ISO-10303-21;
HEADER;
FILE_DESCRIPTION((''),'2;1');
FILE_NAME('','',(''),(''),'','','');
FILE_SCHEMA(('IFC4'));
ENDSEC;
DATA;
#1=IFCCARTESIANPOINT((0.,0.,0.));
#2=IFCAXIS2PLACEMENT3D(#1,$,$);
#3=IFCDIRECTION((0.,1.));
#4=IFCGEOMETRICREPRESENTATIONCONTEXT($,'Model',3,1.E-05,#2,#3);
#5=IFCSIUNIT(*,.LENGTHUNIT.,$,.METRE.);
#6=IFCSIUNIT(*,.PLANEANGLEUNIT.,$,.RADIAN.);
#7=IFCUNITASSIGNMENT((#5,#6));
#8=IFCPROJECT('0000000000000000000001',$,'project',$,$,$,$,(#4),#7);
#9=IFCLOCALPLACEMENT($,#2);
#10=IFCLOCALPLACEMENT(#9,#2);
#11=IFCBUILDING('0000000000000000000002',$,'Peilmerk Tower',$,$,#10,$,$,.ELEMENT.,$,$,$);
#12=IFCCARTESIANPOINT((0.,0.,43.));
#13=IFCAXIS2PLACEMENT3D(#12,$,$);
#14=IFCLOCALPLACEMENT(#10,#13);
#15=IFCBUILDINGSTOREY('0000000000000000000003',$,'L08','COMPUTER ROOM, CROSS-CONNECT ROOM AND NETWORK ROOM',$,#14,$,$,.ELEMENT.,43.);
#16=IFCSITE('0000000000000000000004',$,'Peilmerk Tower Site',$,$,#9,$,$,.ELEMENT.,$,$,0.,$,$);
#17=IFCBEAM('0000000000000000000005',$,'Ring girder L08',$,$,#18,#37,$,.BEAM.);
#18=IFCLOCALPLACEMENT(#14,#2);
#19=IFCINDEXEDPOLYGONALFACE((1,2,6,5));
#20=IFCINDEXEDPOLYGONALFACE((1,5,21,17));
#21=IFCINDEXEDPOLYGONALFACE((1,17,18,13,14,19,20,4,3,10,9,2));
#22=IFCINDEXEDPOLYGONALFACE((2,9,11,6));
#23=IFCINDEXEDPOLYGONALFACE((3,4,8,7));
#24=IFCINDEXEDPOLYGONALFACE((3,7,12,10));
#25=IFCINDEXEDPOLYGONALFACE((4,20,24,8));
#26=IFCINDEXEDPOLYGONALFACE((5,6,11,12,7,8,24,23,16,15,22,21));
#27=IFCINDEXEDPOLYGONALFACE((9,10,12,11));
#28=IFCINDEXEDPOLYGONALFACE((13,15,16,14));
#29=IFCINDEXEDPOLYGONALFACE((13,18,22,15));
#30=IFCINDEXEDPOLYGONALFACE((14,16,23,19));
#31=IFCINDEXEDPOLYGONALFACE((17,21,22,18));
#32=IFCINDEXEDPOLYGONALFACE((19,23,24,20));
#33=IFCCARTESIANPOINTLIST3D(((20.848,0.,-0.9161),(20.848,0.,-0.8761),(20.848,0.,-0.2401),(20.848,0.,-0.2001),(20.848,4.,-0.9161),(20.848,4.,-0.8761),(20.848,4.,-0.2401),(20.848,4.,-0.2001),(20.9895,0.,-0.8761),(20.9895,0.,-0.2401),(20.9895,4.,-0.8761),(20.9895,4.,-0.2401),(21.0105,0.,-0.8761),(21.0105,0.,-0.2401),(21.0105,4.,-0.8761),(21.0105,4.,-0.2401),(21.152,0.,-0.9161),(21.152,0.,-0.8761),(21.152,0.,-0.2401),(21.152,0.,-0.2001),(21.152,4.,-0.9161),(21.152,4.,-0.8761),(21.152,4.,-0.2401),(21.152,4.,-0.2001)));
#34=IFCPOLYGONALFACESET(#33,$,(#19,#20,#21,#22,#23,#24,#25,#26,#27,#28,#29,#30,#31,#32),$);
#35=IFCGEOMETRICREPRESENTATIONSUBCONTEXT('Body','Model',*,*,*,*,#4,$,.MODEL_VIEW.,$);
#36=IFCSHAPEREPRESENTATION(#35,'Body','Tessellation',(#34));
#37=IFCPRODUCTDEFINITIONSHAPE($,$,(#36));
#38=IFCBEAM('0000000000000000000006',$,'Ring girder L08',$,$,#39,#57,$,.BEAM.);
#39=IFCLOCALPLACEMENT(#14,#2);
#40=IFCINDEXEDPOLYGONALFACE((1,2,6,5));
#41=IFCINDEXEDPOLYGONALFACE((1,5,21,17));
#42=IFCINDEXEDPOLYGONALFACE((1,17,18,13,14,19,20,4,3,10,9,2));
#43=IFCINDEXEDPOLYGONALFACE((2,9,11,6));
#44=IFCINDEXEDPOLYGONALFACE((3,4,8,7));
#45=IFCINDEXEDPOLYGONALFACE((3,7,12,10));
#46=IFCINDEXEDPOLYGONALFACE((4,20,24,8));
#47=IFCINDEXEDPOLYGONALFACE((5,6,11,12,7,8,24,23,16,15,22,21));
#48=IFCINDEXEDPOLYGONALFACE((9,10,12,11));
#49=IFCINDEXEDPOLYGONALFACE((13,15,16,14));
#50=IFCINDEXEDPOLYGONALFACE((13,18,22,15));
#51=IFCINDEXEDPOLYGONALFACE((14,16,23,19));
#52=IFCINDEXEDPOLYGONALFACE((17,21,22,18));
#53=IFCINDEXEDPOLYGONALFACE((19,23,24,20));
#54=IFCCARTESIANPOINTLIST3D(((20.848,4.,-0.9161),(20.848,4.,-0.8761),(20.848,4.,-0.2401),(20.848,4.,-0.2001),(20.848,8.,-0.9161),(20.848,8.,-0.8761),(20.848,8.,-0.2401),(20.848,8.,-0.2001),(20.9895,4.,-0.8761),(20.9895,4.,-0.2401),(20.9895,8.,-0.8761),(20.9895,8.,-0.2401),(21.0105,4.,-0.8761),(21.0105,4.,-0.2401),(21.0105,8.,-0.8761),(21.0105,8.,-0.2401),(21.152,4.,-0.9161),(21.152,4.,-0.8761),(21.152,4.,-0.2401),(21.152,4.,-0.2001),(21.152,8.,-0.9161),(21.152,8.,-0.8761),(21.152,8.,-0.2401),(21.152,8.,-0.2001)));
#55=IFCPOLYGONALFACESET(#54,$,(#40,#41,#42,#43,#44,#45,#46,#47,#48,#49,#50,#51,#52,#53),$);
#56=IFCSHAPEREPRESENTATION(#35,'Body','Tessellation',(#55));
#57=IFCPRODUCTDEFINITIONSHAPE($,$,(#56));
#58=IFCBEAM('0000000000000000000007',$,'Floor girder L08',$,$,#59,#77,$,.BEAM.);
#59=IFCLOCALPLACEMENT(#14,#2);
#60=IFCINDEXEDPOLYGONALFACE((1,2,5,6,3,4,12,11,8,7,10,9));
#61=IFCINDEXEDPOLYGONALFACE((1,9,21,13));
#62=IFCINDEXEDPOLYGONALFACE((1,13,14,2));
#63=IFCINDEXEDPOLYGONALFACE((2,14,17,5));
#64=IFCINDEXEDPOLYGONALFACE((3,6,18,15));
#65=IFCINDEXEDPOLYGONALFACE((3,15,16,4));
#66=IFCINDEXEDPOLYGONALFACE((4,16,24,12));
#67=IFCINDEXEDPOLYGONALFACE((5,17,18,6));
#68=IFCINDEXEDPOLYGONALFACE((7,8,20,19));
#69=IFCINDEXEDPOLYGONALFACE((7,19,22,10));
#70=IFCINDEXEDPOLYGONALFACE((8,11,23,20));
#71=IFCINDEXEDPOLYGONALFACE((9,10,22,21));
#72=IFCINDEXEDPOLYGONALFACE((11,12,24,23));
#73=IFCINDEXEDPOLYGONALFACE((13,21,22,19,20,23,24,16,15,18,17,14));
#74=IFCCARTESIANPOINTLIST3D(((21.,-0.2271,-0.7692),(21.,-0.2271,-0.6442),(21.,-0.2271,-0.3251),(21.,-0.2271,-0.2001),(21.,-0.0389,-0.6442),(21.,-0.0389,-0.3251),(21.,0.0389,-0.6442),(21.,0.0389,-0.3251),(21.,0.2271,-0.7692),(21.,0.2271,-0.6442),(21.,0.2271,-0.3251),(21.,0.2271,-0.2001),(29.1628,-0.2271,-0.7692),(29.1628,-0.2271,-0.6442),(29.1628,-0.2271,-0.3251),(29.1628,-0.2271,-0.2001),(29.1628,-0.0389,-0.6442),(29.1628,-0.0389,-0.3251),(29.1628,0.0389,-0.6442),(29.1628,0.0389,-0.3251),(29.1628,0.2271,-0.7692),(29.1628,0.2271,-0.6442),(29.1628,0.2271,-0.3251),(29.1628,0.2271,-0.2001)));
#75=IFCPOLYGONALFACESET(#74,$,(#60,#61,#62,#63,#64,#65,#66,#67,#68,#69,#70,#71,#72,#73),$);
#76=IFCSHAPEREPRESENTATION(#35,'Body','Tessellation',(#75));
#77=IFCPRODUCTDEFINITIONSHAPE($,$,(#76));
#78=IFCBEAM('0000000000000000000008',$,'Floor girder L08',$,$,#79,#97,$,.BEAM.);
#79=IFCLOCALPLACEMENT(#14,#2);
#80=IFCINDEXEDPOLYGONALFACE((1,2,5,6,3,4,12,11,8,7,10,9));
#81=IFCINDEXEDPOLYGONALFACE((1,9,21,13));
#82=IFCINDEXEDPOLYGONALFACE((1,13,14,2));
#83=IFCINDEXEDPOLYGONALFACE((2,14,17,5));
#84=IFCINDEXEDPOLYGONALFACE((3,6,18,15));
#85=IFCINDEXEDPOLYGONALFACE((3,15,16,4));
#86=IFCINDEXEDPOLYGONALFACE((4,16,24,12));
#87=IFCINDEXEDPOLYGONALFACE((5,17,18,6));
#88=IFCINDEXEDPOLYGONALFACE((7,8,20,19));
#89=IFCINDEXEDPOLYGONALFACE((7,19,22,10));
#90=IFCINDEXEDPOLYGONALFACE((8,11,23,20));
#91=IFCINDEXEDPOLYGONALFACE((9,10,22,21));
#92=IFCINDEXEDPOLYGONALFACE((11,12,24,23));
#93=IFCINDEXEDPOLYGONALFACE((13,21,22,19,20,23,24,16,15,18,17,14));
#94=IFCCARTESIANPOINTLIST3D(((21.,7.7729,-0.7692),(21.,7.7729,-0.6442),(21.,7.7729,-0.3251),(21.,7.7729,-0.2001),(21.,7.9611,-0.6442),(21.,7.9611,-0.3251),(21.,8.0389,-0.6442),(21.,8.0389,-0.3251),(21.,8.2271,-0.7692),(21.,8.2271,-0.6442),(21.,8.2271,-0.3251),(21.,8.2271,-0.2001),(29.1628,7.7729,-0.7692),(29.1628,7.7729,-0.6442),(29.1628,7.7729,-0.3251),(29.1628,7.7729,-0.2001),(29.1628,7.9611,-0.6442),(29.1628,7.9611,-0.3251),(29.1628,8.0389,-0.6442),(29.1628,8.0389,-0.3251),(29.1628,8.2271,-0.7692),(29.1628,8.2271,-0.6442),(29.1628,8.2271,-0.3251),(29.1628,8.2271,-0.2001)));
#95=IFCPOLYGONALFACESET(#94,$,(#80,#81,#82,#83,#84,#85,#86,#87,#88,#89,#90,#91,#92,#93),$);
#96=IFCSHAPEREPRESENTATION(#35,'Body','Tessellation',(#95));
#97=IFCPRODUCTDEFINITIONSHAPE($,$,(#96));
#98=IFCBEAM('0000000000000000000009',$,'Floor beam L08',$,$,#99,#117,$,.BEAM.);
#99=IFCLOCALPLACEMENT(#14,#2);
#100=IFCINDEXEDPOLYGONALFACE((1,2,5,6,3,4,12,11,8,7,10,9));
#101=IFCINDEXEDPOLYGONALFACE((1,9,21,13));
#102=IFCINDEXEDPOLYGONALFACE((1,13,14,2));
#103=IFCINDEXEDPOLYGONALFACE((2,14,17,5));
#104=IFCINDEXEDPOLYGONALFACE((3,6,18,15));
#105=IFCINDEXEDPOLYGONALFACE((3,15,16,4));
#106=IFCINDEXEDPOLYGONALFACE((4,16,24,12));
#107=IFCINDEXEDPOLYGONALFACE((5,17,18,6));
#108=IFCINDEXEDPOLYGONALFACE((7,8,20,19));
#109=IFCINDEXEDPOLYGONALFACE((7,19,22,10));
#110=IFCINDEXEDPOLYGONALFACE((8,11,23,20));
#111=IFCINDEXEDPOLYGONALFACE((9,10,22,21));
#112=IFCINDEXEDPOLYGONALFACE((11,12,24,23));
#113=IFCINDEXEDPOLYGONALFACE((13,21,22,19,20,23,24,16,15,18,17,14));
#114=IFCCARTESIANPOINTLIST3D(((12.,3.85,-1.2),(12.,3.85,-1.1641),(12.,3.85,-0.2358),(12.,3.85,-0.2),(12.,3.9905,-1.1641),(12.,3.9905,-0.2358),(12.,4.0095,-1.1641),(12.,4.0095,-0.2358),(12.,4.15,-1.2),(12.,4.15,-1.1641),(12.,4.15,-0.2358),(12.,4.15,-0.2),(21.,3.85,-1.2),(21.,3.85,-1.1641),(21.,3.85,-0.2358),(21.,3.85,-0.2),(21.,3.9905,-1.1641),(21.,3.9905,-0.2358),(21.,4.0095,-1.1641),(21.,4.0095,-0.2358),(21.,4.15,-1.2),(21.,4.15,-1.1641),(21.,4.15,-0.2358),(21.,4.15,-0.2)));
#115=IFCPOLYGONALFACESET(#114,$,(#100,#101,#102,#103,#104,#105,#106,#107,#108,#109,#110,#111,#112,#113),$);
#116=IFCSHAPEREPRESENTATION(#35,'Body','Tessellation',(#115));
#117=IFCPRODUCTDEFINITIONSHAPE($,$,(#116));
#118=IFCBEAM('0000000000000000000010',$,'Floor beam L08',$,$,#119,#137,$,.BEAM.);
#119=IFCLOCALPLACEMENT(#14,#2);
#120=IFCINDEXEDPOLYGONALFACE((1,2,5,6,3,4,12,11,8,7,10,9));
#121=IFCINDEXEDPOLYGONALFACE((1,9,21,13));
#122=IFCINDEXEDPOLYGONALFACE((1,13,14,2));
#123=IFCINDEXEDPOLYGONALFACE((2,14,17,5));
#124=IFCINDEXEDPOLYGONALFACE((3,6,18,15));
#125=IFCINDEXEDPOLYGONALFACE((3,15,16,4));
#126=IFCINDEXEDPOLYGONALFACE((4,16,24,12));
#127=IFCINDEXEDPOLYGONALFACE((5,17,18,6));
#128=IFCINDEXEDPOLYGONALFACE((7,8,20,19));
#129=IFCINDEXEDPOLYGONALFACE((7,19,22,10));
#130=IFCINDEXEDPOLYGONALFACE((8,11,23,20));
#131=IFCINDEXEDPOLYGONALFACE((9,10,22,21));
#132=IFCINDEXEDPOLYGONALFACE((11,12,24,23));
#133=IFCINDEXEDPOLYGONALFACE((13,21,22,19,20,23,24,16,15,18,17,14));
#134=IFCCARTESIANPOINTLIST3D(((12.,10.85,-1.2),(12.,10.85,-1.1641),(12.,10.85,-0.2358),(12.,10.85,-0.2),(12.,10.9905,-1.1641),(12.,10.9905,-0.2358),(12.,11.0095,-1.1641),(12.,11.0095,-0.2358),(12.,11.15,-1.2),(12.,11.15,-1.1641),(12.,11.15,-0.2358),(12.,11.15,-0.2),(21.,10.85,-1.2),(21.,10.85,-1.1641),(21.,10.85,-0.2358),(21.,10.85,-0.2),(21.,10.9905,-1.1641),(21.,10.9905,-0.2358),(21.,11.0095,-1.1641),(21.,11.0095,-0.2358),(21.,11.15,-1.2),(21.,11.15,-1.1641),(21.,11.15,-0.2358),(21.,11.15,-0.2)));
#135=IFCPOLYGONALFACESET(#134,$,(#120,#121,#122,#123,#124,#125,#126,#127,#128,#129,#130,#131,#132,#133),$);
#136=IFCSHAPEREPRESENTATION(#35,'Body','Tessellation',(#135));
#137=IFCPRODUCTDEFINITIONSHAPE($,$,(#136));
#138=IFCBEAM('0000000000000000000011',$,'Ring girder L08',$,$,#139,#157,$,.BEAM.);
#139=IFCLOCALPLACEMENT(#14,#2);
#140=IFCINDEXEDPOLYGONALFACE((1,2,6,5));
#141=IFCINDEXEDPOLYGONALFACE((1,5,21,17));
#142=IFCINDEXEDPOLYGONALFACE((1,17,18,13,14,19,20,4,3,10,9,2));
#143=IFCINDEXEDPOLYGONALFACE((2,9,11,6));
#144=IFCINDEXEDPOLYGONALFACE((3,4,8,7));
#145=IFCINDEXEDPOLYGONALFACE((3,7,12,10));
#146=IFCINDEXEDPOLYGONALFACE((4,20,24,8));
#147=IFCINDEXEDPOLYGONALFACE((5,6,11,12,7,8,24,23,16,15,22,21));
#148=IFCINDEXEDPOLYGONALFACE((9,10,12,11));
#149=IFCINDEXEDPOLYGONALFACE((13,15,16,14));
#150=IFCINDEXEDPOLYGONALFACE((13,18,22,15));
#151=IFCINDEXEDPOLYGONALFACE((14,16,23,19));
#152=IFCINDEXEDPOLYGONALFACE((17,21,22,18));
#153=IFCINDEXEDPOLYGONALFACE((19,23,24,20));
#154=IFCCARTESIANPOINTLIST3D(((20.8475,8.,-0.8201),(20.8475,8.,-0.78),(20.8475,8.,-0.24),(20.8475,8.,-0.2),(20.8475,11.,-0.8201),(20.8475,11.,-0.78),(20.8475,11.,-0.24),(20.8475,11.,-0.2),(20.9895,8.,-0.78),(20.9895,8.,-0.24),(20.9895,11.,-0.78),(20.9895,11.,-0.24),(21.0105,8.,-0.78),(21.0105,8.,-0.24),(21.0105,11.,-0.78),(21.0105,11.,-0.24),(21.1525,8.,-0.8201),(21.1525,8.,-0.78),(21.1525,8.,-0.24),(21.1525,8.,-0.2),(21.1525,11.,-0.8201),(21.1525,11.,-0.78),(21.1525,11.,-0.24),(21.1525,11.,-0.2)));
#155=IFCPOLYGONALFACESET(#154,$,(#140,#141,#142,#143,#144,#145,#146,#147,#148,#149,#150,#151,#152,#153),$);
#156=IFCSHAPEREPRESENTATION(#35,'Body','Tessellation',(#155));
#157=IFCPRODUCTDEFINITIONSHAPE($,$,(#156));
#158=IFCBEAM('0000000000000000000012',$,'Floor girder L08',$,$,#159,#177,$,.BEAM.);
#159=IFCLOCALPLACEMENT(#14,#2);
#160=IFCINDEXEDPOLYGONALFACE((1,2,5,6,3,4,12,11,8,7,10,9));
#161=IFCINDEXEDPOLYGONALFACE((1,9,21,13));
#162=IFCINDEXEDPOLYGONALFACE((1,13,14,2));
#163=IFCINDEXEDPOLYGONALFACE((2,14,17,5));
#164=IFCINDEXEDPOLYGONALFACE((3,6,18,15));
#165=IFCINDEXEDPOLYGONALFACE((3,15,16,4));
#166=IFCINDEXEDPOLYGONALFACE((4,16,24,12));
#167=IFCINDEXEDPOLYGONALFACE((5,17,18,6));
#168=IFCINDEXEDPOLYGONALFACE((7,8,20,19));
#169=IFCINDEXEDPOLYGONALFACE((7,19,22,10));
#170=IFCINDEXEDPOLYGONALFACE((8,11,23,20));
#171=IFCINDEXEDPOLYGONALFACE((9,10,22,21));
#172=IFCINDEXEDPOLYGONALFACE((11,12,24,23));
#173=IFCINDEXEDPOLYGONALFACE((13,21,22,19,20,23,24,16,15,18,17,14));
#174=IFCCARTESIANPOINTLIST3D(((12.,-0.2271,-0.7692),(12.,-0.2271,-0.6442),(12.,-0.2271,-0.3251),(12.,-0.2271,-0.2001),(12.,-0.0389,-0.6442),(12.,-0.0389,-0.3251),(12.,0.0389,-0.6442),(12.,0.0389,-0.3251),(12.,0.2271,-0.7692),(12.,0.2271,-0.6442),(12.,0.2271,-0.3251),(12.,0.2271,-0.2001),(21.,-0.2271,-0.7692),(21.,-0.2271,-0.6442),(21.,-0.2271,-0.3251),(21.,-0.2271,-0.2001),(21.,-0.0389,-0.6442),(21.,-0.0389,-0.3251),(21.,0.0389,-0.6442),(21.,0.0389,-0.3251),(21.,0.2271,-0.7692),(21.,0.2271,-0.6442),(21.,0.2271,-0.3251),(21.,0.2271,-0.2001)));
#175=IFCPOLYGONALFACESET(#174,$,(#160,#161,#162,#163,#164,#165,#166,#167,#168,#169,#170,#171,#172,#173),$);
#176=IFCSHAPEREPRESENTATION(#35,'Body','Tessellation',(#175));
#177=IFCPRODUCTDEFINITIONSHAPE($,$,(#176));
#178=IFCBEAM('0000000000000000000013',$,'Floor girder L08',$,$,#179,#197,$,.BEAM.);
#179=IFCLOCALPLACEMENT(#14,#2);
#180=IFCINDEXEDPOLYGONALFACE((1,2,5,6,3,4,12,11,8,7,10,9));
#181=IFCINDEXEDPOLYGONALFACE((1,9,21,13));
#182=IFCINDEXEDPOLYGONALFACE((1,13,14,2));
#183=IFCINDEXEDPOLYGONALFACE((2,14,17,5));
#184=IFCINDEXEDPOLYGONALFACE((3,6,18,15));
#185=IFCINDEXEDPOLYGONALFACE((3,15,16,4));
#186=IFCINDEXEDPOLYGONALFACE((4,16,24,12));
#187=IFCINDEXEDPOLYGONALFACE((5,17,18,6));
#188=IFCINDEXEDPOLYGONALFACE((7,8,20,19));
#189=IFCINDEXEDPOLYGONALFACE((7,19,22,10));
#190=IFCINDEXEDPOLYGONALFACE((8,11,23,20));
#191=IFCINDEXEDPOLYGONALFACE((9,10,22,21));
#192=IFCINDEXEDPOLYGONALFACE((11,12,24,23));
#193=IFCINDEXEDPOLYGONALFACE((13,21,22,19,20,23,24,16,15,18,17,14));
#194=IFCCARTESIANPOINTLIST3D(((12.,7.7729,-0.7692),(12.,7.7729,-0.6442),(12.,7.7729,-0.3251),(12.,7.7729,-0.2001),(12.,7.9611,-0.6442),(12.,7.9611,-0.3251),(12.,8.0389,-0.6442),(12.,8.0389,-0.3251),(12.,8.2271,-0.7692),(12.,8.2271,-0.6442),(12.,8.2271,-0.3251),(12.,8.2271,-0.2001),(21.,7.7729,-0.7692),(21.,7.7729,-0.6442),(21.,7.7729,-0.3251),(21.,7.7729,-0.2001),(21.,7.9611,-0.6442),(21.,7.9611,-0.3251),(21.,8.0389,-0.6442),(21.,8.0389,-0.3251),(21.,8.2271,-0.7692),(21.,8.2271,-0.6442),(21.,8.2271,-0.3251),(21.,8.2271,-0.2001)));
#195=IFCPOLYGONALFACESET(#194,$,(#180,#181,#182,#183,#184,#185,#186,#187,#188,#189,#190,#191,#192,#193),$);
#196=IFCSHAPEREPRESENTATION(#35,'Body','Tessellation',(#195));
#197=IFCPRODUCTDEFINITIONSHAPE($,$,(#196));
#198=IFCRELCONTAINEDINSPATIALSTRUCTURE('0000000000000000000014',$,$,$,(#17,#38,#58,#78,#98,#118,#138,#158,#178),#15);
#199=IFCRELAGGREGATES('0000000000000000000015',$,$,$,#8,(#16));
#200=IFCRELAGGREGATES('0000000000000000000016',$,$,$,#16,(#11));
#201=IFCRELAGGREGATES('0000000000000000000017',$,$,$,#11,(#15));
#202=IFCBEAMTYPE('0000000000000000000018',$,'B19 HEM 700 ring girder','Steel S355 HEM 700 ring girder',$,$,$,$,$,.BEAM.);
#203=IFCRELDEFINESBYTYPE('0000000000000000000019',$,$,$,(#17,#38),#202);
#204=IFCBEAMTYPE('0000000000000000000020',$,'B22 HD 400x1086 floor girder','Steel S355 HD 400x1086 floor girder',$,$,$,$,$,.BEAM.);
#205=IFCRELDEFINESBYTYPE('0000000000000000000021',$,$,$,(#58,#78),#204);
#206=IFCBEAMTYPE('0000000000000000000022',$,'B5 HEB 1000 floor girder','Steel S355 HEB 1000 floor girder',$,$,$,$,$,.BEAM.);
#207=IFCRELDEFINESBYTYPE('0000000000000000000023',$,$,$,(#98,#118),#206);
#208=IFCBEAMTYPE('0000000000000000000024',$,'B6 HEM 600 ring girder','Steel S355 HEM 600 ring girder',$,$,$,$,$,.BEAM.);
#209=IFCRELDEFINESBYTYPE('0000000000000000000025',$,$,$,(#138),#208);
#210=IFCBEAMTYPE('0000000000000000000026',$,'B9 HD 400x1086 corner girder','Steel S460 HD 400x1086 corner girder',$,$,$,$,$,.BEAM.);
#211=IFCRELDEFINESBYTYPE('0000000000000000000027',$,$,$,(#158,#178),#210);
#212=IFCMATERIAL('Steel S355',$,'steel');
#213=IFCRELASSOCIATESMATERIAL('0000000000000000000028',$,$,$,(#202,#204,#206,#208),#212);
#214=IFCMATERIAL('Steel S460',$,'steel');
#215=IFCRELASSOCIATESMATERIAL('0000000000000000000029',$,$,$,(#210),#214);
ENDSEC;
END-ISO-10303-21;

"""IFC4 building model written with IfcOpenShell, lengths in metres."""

from ifc_helpers import new_model, si_unit, direction, frame, origin, origin_2d, place, context, subcontext, project, spatial, i_section, extrude, material, material_profile, profile_set, type_object, element, save


model = new_model("IFC4")

# Units and contexts
model_context = context("Model", 3, precision=1e-05, world=origin(), true_north=direction((0.0, 1.0)))
body_context = subcontext(model_context, "Body", "Model", "MODEL_VIEW")
ifc_project = project(units=[si_unit("LENGTHUNIT", "METRE"), si_unit("PLANEANGLEUNIT", "RADIAN")], contexts=[model_context])

# Site, building, storey
site_placement = place(None, origin())
site = spatial("IfcSite", under=ifc_project, at=site_placement, Name="Peilmerk Tower Site", CompositionType="ELEMENT", RefElevation=0.0)
building_placement = place(site_placement, origin())
building = spatial("IfcBuilding", under=site, at=building_placement, Name="Peilmerk Tower", CompositionType="ELEMENT")
storey_placement = place(building_placement, frame((0.0, 0.0, 43.0)))
storey = spatial("IfcBuildingStorey", under=building, at=storey_placement, Name="L08", Description="COMPUTER ROOM, CROSS-CONNECT ROOM AND NETWORK ROOM", CompositionType="ELEMENT", Elevation=43.0)

# Beams
ifc_material_1 = material(Name="Steel S355", Category="steel")
ifc_material_profile_1 = material_profile(ifc_material_1, i_section(OverallWidth=0.304, OverallDepth=0.7161, WebThickness=0.021, FlangeThickness=0.04, at=origin_2d()), Name="HEM 700")
ifc_profile_set_1 = profile_set([ifc_material_profile_1], Name="Steel S355")
beam_type_1 = type_object("IfcBeamType", Name="B19 HEM 700 ring girder", Description="Steel S355 HEM 700 ring girder", PredefinedType="BEAM", material=ifc_profile_set_1)
for number, where, z_axis, x_axis, name in (
    (1, (21.0, 0.0, -0.5581), (0.0, 1.0, 0.0), (-1.0, 0.0, 0.0), "Ring girder L08"),
    (2, (21.0, 4.0, -0.5581), (0.0, 1.0, 0.0), (-1.0, 0.0, 0.0), "Ring girder L08"),
):
    element("IfcBeam", number, at=place(storey_placement, frame(where, z_axis=z_axis, x_axis=x_axis)), inside=storey, type_object=beam_type_1, Name=name, PredefinedType="BEAM", context=body_context, shape_type="SweptSolid", body=[
        extrude(i_section(OverallWidth=0.304, OverallDepth=0.7161, WebThickness=0.021, FlangeThickness=0.04, at=origin_2d()), origin(), (0.0, 0.0, 1.0), 4.0),
    ])
ifc_material_profile_2 = material_profile(ifc_material_1, i_section(OverallWidth=0.4541, OverallDepth=0.5691, WebThickness=0.0779, FlangeThickness=0.125, at=origin_2d()), Name="HD 400x1086")
ifc_profile_set_2 = profile_set([ifc_material_profile_2], Name="Steel S355")
beam_type_2 = type_object("IfcBeamType", Name="B22 HD 400x1086 floor girder", Description="Steel S355 HD 400x1086 floor girder", PredefinedType="BEAM", material=ifc_profile_set_2)
for number, where, z_axis, x_axis, name in (
    (3, (21.0, 0.0, -0.4846), (1.0, 0.0, 0.0), (0.0, 1.0, 0.0), "Floor girder L08"),
    (4, (21.0, 8.0, -0.4846), (1.0, 0.0, 0.0), (0.0, 1.0, 0.0), "Floor girder L08"),
):
    element("IfcBeam", number, at=place(storey_placement, frame(where, z_axis=z_axis, x_axis=x_axis)), inside=storey, type_object=beam_type_2, Name=name, PredefinedType="BEAM", context=body_context, shape_type="SweptSolid", body=[
        extrude(i_section(OverallWidth=0.4541, OverallDepth=0.5691, WebThickness=0.0779, FlangeThickness=0.125, at=origin_2d()), origin(), (0.0, 0.0, 1.0), 8.1628),
    ])
ifc_material_profile_3 = material_profile(ifc_material_1, i_section(OverallWidth=0.3, OverallDepth=1.0, WebThickness=0.019, FlangeThickness=0.0359, at=origin_2d()), Name="HEB 1000")
ifc_profile_set_3 = profile_set([ifc_material_profile_3], Name="Steel S355")
beam_type_3 = type_object("IfcBeamType", Name="B5 HEB 1000 floor girder", Description="Steel S355 HEB 1000 floor girder", PredefinedType="BEAM", material=ifc_profile_set_3)
for number, where, z_axis, x_axis, name in (
    (5, (12.0, 4.0, -0.7), (1.0, 0.0, 0.0), (0.0, 1.0, 0.0), "Floor beam L08"),
    (6, (12.0, 11.0, -0.7), (1.0, 0.0, 0.0), (0.0, 1.0, 0.0), "Floor beam L08"),
):
    element("IfcBeam", number, at=place(storey_placement, frame(where, z_axis=z_axis, x_axis=x_axis)), inside=storey, type_object=beam_type_3, Name=name, PredefinedType="BEAM", context=body_context, shape_type="SweptSolid", body=[
        extrude(i_section(OverallWidth=0.3, OverallDepth=1.0, WebThickness=0.019, FlangeThickness=0.0359, at=origin_2d()), origin(), (0.0, 0.0, 1.0), 9.0),
    ])
ifc_material_profile_4 = material_profile(ifc_material_1, i_section(OverallWidth=0.3049, OverallDepth=0.6201, WebThickness=0.021, FlangeThickness=0.04, at=origin_2d()), Name="HEM 600")
ifc_profile_set_4 = profile_set([ifc_material_profile_4], Name="Steel S355")
beam_type_4 = type_object("IfcBeamType", Name="B6 HEM 600 ring girder", Description="Steel S355 HEM 600 ring girder", PredefinedType="BEAM", material=ifc_profile_set_4)
beam_1_placement = place(storey_placement, frame((21.0, 8.0, -0.51), z_axis=(0.0, 1.0, 0.0), x_axis=(-1.0, 0.0, 0.0)))
element("IfcBeam", 7, at=beam_1_placement, inside=storey, type_object=beam_type_4, Name="Ring girder L08", PredefinedType="BEAM", context=body_context, shape_type="SweptSolid", body=[
    extrude(i_section(OverallWidth=0.3049, OverallDepth=0.6201, WebThickness=0.021, FlangeThickness=0.04, at=origin_2d()), origin(), (0.0, 0.0, 1.0), 3.0),
])
ifc_material_2 = material(Name="Steel S460", Category="steel")
ifc_material_profile_5 = material_profile(ifc_material_2, i_section(OverallWidth=0.4541, OverallDepth=0.5691, WebThickness=0.0779, FlangeThickness=0.125, at=origin_2d()), Name="HD 400x1086")
ifc_profile_set_5 = profile_set([ifc_material_profile_5], Name="Steel S460")
beam_type_5 = type_object("IfcBeamType", Name="B9 HD 400x1086 corner girder", Description="Steel S460 HD 400x1086 corner girder", PredefinedType="BEAM", material=ifc_profile_set_5)
for number, where, z_axis, x_axis, name in (
    (8, (12.0, 0.0, -0.4846), (1.0, 0.0, 0.0), (0.0, 1.0, 0.0), "Floor girder L08"),
    (9, (12.0, 8.0, -0.4846), (1.0, 0.0, 0.0), (0.0, 1.0, 0.0), "Floor girder L08"),
):
    element("IfcBeam", number, at=place(storey_placement, frame(where, z_axis=z_axis, x_axis=x_axis)), inside=storey, type_object=beam_type_5, Name=name, PredefinedType="BEAM", context=body_context, shape_type="SweptSolid", body=[
        extrude(i_section(OverallWidth=0.4541, OverallDepth=0.5691, WebThickness=0.0779, FlangeThickness=0.125, at=origin_2d()), origin(), (0.0, 0.0, 1.0), 9.0),
    ])

save(model, "model.ifc")
